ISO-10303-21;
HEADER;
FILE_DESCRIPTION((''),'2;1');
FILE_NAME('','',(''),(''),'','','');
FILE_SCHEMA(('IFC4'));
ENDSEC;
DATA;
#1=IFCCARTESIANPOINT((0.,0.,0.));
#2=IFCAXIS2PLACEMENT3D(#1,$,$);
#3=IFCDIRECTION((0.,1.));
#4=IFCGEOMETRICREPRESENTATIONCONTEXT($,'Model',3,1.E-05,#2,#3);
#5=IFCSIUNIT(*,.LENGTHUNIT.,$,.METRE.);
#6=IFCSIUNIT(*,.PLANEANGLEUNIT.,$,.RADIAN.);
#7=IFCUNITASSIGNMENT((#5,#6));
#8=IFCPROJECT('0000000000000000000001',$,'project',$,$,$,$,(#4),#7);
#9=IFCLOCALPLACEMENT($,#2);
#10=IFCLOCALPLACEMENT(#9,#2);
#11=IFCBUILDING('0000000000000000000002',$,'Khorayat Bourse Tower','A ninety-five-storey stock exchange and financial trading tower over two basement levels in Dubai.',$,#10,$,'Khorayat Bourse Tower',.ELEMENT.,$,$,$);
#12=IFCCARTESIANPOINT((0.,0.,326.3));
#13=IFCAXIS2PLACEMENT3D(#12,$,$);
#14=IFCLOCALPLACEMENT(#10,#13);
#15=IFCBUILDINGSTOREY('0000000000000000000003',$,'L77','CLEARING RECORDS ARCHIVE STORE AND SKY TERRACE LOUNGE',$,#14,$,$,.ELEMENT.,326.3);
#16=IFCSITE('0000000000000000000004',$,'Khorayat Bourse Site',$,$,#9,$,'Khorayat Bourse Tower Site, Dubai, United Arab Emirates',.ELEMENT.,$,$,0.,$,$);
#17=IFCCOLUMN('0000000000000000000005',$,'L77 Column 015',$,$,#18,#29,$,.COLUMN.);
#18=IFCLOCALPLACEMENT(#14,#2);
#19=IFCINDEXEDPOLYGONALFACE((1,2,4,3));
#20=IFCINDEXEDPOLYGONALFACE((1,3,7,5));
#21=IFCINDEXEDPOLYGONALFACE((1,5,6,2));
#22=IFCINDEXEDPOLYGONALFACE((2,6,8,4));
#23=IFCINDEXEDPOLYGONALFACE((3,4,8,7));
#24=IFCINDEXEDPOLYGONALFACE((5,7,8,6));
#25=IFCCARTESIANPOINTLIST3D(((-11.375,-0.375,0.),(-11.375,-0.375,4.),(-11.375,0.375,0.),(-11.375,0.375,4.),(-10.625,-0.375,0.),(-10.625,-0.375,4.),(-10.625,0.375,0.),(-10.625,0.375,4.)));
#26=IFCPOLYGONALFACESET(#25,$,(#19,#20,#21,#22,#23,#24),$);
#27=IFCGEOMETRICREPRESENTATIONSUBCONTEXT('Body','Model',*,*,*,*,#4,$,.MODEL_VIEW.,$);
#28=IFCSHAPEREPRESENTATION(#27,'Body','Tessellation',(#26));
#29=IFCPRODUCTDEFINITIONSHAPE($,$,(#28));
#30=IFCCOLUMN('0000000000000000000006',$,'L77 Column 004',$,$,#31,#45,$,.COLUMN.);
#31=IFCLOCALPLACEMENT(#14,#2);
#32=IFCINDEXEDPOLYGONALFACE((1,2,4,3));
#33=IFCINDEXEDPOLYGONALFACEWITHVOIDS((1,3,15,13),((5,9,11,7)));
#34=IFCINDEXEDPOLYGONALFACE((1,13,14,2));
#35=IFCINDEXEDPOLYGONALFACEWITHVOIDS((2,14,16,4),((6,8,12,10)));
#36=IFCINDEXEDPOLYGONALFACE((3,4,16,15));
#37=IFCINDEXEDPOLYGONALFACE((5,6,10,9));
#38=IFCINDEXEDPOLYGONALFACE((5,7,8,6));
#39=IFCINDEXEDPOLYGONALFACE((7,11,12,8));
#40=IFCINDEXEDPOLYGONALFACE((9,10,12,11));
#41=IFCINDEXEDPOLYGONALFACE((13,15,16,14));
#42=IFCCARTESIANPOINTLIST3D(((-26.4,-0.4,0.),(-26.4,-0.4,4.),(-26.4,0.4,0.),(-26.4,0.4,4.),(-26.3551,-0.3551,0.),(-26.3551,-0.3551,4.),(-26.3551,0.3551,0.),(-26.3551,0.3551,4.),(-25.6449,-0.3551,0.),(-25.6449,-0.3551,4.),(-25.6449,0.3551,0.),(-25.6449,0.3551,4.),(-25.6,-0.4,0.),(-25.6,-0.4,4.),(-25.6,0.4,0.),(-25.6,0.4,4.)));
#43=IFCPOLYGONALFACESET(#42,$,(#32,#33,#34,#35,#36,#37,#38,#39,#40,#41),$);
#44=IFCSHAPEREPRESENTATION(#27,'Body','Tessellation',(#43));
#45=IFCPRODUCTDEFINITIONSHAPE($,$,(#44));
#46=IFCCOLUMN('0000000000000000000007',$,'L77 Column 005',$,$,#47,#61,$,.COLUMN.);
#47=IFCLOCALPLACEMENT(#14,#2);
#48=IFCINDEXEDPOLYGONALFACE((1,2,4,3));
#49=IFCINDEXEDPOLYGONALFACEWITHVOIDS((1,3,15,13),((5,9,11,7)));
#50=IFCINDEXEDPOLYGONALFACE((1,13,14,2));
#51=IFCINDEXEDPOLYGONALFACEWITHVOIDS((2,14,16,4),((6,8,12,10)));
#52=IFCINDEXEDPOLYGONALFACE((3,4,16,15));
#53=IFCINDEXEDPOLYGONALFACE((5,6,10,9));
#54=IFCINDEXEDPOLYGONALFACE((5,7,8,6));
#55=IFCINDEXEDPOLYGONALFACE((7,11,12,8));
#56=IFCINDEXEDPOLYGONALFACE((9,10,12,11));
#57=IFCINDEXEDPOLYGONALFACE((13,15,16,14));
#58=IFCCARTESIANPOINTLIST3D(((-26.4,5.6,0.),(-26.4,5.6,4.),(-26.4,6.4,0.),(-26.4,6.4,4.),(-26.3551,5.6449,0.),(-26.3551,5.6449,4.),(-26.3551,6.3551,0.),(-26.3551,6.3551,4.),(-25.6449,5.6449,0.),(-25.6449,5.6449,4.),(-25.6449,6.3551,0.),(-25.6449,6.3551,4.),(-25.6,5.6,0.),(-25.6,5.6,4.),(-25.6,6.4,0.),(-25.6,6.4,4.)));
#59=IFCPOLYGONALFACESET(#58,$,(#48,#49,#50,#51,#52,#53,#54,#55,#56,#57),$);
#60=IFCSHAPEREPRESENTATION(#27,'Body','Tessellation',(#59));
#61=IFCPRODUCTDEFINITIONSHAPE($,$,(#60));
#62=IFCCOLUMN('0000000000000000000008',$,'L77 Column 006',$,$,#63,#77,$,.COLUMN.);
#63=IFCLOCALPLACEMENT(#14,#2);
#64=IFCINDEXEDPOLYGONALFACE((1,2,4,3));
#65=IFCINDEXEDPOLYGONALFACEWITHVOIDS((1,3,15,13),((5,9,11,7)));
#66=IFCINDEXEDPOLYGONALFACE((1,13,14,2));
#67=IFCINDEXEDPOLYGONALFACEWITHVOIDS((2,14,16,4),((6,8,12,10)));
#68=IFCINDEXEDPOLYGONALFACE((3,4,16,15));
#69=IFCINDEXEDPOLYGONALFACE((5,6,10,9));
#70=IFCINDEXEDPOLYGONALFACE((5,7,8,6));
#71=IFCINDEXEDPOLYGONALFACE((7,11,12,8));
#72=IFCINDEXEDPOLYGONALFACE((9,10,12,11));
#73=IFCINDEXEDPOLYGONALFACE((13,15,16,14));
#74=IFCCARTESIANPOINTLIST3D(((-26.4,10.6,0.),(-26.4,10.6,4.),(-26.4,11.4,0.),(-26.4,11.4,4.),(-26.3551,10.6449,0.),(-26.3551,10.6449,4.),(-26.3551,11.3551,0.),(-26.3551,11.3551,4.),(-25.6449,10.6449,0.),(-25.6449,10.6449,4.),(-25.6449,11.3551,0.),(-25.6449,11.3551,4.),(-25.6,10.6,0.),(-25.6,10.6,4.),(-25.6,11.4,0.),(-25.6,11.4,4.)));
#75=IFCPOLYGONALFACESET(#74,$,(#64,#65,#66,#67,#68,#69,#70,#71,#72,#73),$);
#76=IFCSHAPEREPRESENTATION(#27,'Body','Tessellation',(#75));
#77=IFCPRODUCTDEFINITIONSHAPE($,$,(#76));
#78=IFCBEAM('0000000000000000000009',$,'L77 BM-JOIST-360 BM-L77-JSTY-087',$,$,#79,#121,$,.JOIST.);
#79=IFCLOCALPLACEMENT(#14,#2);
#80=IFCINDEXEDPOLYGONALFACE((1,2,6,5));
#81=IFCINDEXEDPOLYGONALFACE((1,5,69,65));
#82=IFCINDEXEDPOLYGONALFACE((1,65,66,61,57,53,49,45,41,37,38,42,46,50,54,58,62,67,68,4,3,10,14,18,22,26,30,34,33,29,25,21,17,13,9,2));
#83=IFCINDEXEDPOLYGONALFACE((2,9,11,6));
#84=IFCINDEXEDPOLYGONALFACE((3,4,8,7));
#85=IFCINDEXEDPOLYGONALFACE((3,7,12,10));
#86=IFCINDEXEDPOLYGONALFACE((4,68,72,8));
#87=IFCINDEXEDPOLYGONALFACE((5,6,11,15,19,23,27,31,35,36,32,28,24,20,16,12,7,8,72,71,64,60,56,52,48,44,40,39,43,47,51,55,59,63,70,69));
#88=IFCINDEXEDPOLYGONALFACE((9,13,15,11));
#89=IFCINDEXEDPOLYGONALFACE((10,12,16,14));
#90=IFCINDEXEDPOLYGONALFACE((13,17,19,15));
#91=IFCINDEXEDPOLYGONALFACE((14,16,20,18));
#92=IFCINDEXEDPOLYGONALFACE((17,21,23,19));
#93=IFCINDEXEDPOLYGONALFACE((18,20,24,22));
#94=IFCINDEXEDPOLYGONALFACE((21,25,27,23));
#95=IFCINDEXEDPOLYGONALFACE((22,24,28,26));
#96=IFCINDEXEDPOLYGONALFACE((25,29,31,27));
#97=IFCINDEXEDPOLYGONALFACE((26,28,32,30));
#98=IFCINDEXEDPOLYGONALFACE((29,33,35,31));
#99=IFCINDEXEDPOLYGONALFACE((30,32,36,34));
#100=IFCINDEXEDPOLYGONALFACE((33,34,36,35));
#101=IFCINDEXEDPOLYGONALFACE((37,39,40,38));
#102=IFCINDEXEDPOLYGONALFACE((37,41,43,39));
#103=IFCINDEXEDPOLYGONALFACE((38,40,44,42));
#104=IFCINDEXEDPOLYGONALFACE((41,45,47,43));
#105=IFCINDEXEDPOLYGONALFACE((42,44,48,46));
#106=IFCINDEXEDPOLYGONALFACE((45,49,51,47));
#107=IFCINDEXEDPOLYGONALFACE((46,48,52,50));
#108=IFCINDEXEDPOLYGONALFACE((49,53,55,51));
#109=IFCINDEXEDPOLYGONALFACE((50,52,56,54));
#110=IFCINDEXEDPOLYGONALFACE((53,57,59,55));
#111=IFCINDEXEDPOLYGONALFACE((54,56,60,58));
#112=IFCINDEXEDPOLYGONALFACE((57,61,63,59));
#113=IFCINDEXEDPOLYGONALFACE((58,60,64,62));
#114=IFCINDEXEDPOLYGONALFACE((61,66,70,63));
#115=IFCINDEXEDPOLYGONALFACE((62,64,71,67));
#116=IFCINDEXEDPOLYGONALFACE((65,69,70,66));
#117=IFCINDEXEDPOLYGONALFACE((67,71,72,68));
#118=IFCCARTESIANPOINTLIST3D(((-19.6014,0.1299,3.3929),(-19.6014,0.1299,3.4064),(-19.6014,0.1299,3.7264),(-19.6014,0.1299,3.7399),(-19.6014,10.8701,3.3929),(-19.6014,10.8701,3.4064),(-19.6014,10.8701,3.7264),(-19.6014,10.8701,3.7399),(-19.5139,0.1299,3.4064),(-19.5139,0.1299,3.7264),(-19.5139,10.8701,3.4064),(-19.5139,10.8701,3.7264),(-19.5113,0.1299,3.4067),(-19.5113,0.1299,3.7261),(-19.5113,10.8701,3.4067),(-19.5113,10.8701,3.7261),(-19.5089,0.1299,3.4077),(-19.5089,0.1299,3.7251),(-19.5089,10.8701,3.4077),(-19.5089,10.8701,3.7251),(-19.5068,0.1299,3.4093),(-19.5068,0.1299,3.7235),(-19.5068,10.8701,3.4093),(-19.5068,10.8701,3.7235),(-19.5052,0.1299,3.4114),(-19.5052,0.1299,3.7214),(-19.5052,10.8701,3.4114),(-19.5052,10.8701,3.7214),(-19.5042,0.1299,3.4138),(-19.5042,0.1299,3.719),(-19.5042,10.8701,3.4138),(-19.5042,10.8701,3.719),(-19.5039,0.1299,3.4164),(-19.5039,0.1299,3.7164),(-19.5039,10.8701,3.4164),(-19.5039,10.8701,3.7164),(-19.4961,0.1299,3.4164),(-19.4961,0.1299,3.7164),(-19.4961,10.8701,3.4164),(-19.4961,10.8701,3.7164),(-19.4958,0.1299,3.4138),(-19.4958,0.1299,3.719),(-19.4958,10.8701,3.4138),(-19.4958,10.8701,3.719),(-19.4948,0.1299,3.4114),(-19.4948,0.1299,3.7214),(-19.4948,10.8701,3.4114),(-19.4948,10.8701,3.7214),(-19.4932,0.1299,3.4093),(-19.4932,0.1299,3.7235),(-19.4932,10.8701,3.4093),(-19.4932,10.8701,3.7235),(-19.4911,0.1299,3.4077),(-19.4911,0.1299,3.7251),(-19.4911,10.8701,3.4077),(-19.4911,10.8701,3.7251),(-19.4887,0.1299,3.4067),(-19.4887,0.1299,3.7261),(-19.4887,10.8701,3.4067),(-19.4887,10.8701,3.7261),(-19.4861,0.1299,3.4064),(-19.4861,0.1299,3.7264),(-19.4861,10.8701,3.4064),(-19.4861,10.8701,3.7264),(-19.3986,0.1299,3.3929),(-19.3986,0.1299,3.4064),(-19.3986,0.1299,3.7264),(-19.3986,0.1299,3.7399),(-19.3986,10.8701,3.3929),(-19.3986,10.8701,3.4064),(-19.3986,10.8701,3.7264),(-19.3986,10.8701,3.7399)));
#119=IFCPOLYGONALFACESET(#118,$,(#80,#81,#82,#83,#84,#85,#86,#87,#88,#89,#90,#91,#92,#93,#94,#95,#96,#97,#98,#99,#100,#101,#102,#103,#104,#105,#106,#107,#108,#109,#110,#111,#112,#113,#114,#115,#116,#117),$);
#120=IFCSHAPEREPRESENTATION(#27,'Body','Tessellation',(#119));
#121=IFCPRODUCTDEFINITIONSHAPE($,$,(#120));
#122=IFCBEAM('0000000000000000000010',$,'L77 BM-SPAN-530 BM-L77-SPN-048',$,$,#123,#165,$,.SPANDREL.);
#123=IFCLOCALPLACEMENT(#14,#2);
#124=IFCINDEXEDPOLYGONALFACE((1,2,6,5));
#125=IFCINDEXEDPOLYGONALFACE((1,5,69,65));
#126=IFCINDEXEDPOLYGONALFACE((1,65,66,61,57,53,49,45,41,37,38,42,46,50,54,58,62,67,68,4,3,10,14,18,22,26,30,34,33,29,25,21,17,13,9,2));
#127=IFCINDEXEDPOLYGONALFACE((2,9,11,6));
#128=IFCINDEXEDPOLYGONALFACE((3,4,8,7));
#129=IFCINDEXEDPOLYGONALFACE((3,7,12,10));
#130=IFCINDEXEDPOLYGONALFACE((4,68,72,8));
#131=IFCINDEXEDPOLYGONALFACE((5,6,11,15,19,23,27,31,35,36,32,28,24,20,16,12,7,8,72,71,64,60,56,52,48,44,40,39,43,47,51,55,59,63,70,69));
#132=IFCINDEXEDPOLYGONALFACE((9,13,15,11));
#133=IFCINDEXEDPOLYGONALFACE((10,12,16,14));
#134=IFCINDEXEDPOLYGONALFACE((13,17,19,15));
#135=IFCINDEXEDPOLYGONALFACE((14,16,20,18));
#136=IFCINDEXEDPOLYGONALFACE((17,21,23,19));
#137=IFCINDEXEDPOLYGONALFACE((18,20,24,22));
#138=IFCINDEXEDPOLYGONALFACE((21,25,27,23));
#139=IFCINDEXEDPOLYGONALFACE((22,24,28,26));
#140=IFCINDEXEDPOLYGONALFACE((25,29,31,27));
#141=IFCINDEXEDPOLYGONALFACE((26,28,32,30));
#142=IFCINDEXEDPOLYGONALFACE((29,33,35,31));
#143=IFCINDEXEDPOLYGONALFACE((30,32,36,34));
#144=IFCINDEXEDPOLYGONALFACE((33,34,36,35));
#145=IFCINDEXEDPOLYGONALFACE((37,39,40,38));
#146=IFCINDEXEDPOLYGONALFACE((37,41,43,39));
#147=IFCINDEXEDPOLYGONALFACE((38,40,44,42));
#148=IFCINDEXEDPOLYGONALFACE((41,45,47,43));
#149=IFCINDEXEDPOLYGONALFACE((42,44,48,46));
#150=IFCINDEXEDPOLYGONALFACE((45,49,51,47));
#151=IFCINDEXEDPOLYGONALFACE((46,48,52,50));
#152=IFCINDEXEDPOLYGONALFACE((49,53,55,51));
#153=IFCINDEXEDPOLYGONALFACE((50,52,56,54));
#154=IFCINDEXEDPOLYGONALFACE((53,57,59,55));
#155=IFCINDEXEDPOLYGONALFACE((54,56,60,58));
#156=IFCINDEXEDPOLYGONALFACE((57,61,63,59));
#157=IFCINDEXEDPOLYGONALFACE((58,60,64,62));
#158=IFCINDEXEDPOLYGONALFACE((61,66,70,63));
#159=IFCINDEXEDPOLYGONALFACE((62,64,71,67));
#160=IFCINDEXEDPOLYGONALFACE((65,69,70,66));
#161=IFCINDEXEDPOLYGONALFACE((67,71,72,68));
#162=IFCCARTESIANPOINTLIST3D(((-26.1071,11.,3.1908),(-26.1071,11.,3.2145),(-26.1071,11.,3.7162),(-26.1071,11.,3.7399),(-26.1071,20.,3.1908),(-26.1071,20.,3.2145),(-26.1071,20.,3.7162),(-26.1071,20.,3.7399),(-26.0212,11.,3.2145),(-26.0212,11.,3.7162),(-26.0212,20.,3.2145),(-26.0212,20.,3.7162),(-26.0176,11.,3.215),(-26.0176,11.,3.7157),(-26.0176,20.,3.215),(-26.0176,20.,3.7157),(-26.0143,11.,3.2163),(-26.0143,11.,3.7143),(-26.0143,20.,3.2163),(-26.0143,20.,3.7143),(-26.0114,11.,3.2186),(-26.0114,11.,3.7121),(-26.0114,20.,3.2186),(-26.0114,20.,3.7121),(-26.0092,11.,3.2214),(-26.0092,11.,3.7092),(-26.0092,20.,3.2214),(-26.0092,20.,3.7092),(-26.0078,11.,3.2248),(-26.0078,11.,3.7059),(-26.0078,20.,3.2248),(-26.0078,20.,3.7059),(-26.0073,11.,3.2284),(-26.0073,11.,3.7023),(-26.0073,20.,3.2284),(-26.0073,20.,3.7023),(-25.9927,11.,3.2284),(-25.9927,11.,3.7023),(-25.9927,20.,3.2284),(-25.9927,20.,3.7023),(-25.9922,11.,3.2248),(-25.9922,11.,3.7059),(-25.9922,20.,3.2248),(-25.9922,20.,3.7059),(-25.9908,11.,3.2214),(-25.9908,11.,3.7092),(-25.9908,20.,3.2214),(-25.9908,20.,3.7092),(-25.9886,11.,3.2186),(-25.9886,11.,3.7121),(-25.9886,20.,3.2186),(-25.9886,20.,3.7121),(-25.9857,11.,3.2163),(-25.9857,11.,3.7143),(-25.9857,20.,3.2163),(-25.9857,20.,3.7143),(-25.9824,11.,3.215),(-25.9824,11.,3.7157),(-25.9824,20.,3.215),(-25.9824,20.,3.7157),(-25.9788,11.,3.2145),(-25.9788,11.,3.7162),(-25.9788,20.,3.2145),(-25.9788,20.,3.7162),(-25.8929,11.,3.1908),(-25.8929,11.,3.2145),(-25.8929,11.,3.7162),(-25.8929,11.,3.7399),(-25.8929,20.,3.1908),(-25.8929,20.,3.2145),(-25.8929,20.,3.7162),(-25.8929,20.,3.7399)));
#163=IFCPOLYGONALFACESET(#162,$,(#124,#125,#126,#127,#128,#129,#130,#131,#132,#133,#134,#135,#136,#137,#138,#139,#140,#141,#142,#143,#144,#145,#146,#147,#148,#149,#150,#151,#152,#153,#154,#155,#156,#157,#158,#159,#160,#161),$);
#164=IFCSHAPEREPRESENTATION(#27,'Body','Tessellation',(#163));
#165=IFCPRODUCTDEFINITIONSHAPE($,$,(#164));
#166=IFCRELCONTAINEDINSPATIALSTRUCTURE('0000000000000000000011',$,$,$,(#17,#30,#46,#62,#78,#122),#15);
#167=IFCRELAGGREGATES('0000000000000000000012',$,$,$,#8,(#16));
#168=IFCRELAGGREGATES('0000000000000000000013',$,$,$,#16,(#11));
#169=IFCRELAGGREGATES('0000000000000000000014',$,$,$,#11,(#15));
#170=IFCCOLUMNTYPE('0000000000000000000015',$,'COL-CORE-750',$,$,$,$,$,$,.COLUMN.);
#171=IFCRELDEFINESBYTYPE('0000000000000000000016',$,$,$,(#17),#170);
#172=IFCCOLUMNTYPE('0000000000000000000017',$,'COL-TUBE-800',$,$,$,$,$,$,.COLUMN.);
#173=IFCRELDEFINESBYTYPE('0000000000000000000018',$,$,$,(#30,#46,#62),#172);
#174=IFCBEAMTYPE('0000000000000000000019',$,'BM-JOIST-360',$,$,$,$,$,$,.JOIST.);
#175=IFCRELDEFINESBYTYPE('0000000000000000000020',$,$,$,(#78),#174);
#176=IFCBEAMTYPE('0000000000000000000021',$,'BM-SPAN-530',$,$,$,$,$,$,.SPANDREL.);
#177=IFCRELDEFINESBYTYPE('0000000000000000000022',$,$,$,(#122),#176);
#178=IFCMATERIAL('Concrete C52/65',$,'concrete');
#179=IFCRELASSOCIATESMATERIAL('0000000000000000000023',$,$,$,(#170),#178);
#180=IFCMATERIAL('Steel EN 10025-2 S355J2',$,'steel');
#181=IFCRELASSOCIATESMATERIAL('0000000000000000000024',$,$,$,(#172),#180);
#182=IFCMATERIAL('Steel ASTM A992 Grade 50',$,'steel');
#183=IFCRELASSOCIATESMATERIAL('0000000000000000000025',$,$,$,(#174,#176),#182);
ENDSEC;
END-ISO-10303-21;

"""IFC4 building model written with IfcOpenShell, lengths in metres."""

from ifc_helpers import new_model, si_unit, direction, frame, origin, origin_2d, place, context, subcontext, project, spatial, rectangle, hollow_rectangle, i_section, extrude, source, transform, mapped, material, material_profile, profile_set, type_object, element, save


model = new_model("IFC4")

# Units and contexts
model_context = context("Model", 3, precision=1e-05, world=origin(), true_north=direction((0.0, 1.0)))
body_context = subcontext(model_context, "Body", "Model", "MODEL_VIEW")
ifc_project = project(units=[si_unit("LENGTHUNIT", "METRE"), si_unit("PLANEANGLEUNIT", "RADIAN")], contexts=[model_context])

# Site, building, storey
site_placement = place(None, origin())
site = spatial("IfcSite", under=ifc_project, at=site_placement, Name="Khorayat Bourse Site", LongName="Khorayat Bourse Tower Site, Dubai, United Arab Emirates", CompositionType="ELEMENT", RefElevation=0.0)
building_placement = place(site_placement, origin())
building = spatial("IfcBuilding", under=site, at=building_placement, Name="Khorayat Bourse Tower", Description="A ninety-five-storey stock exchange and financial trading tower over two basement levels in Dubai.", LongName="Khorayat Bourse Tower", CompositionType="ELEMENT")
storey_placement = place(building_placement, frame((0.0, 0.0, 326.3)))
storey = spatial("IfcBuildingStorey", under=building, at=storey_placement, Name="L77", Description="CLEARING RECORDS ARCHIVE STORE AND SKY TERRACE LOUNGE", CompositionType="ELEMENT", Elevation=326.3)

# Columns
ifc_material_1 = material(Name="Concrete C52/65", Category="concrete")
ifc_material_profile_1 = material_profile(ifc_material_1, rectangle(XDim=0.75, YDim=0.75, at=origin_2d()), Name="RC 750x750")
ifc_profile_set_1 = profile_set([ifc_material_profile_1], Name="Concrete C52/65")
column_type_1 = type_object("IfcColumnType", Name="COL-CORE-750", PredefinedType="COLUMN", material=ifc_profile_set_1)
shared_shape_1 = source(origin(), body_context, "Body", "SweptSolid", [
    extrude(rectangle(XDim=0.75, YDim=0.75, at=origin_2d()), origin(), (0.0, 0.0, 1.0), 4.0),
])
column_placement = place(storey_placement, frame((-11.0, 0.0, 0.0), z_axis=(0.0, 0.0, 1.0), x_axis=(1.0, 0.0, 0.0)))
element("IfcColumn", 1, at=column_placement, inside=storey, type_object=column_type_1, Name="L77 Column 015", PredefinedType="COLUMN", context=body_context, shape_type="MappedRepresentation", body=[
    mapped(shared_shape_1, transform((0.0, 0.0, 0.0), scale=1.0)),
])
ifc_material_2 = material(Name="Steel EN 10025-2 S355J2", Category="steel")
ifc_material_profile_2 = material_profile(ifc_material_2, hollow_rectangle(XDim=0.8, YDim=0.8, WallThickness=0.0449, at=origin_2d()), Name="BOX 800x800x45")
ifc_profile_set_2 = profile_set([ifc_material_profile_2], Name="Steel EN 10025-2 S355J2")
column_type_2 = type_object("IfcColumnType", Name="COL-TUBE-800", PredefinedType="COLUMN", material=ifc_profile_set_2)
shared_shape_2 = source(origin(), body_context, "Body", "SweptSolid", [
    extrude(hollow_rectangle(XDim=0.8, YDim=0.8, WallThickness=0.0449, at=origin_2d()), origin(), (0.0, 0.0, 1.0), 4.0),
])
for number, where, z_axis, x_axis, name in (
    (2, (-26.0, 0.0, 0.0), (0.0, 0.0, 1.0), (1.0, 0.0, 0.0), "L77 Column 004"),
    (3, (-26.0, 6.0, 0.0), (0.0, 0.0, 1.0), (1.0, 0.0, 0.0), "L77 Column 005"),
    (4, (-26.0, 11.0, 0.0), (0.0, 0.0, 1.0), (1.0, 0.0, 0.0), "L77 Column 006"),
):
    element("IfcColumn", number, at=place(storey_placement, frame(where, z_axis=z_axis, x_axis=x_axis)), inside=storey, type_object=column_type_2, Name=name, PredefinedType="COLUMN", context=body_context, shape_type="MappedRepresentation", body=[
        mapped(shared_shape_2, transform((0.0, 0.0, 0.0), scale=1.0)),
    ])

# Beams
ifc_material_3 = material(Name="Steel ASTM A992 Grade 50", Category="steel")
ifc_material_profile_3 = material_profile(ifc_material_3, i_section(OverallWidth=0.2029, OverallDepth=0.3469, WebThickness=0.0078, FlangeThickness=0.0134, FilletRadius=0.01, at=origin_2d()), Name="W360X64")
ifc_profile_set_3 = profile_set([ifc_material_profile_3], Name="Steel ASTM A992 Grade 50")
beam_type_1 = type_object("IfcBeamType", Name="BM-JOIST-360", PredefinedType="JOIST", material=ifc_profile_set_3)
shared_shape_3 = source(origin(), body_context, "Body", "SweptSolid", [
    extrude(i_section(OverallWidth=0.2029, OverallDepth=0.3469, WebThickness=0.0078, FlangeThickness=0.0134, FilletRadius=0.01, at=origin_2d()), origin(), (0.0, 0.0, 1.0), 10.7402),
])
beam_1_placement = place(storey_placement, frame((-19.5, 0.1299, 3.5664), z_axis=(0.0, 1.0, 0.0), x_axis=(-1.0, 0.0, 0.0)))
element("IfcBeam", 5, at=beam_1_placement, inside=storey, type_object=beam_type_1, Name="L77 BM-JOIST-360 BM-L77-JSTY-087", PredefinedType="JOIST", context=body_context, shape_type="MappedRepresentation", body=[
    mapped(shared_shape_3, transform((0.0, 0.0, 0.0), scale=1.0)),
])
ifc_material_profile_4 = material_profile(ifc_material_3, i_section(OverallWidth=0.2141, OverallDepth=0.5491, WebThickness=0.0146, FlangeThickness=0.0237, FilletRadius=0.0139, at=origin_2d()), Name="W530X138")
ifc_profile_set_4 = profile_set([ifc_material_profile_4], Name="Steel ASTM A992 Grade 50")
beam_type_2 = type_object("IfcBeamType", Name="BM-SPAN-530", PredefinedType="SPANDREL", material=ifc_profile_set_4)
shared_shape_4 = source(origin(), body_context, "Body", "SweptSolid", [
    extrude(i_section(OverallWidth=0.2141, OverallDepth=0.5491, WebThickness=0.0146, FlangeThickness=0.0237, FilletRadius=0.0139, at=origin_2d()), origin(), (0.0, 0.0, 1.0), 9.0),
])
beam_2_placement = place(storey_placement, frame((-26.0, 11.0, 3.4653), z_axis=(0.0, 1.0, 0.0), x_axis=(-1.0, 0.0, 0.0)))
element("IfcBeam", 6, at=beam_2_placement, inside=storey, type_object=beam_type_2, Name="L77 BM-SPAN-530 BM-L77-SPN-048", PredefinedType="SPANDREL", context=body_context, shape_type="MappedRepresentation", body=[
    mapped(shared_shape_4, transform((0.0, 0.0, 0.0), scale=1.0)),
])

save(model, "model.ifc")
